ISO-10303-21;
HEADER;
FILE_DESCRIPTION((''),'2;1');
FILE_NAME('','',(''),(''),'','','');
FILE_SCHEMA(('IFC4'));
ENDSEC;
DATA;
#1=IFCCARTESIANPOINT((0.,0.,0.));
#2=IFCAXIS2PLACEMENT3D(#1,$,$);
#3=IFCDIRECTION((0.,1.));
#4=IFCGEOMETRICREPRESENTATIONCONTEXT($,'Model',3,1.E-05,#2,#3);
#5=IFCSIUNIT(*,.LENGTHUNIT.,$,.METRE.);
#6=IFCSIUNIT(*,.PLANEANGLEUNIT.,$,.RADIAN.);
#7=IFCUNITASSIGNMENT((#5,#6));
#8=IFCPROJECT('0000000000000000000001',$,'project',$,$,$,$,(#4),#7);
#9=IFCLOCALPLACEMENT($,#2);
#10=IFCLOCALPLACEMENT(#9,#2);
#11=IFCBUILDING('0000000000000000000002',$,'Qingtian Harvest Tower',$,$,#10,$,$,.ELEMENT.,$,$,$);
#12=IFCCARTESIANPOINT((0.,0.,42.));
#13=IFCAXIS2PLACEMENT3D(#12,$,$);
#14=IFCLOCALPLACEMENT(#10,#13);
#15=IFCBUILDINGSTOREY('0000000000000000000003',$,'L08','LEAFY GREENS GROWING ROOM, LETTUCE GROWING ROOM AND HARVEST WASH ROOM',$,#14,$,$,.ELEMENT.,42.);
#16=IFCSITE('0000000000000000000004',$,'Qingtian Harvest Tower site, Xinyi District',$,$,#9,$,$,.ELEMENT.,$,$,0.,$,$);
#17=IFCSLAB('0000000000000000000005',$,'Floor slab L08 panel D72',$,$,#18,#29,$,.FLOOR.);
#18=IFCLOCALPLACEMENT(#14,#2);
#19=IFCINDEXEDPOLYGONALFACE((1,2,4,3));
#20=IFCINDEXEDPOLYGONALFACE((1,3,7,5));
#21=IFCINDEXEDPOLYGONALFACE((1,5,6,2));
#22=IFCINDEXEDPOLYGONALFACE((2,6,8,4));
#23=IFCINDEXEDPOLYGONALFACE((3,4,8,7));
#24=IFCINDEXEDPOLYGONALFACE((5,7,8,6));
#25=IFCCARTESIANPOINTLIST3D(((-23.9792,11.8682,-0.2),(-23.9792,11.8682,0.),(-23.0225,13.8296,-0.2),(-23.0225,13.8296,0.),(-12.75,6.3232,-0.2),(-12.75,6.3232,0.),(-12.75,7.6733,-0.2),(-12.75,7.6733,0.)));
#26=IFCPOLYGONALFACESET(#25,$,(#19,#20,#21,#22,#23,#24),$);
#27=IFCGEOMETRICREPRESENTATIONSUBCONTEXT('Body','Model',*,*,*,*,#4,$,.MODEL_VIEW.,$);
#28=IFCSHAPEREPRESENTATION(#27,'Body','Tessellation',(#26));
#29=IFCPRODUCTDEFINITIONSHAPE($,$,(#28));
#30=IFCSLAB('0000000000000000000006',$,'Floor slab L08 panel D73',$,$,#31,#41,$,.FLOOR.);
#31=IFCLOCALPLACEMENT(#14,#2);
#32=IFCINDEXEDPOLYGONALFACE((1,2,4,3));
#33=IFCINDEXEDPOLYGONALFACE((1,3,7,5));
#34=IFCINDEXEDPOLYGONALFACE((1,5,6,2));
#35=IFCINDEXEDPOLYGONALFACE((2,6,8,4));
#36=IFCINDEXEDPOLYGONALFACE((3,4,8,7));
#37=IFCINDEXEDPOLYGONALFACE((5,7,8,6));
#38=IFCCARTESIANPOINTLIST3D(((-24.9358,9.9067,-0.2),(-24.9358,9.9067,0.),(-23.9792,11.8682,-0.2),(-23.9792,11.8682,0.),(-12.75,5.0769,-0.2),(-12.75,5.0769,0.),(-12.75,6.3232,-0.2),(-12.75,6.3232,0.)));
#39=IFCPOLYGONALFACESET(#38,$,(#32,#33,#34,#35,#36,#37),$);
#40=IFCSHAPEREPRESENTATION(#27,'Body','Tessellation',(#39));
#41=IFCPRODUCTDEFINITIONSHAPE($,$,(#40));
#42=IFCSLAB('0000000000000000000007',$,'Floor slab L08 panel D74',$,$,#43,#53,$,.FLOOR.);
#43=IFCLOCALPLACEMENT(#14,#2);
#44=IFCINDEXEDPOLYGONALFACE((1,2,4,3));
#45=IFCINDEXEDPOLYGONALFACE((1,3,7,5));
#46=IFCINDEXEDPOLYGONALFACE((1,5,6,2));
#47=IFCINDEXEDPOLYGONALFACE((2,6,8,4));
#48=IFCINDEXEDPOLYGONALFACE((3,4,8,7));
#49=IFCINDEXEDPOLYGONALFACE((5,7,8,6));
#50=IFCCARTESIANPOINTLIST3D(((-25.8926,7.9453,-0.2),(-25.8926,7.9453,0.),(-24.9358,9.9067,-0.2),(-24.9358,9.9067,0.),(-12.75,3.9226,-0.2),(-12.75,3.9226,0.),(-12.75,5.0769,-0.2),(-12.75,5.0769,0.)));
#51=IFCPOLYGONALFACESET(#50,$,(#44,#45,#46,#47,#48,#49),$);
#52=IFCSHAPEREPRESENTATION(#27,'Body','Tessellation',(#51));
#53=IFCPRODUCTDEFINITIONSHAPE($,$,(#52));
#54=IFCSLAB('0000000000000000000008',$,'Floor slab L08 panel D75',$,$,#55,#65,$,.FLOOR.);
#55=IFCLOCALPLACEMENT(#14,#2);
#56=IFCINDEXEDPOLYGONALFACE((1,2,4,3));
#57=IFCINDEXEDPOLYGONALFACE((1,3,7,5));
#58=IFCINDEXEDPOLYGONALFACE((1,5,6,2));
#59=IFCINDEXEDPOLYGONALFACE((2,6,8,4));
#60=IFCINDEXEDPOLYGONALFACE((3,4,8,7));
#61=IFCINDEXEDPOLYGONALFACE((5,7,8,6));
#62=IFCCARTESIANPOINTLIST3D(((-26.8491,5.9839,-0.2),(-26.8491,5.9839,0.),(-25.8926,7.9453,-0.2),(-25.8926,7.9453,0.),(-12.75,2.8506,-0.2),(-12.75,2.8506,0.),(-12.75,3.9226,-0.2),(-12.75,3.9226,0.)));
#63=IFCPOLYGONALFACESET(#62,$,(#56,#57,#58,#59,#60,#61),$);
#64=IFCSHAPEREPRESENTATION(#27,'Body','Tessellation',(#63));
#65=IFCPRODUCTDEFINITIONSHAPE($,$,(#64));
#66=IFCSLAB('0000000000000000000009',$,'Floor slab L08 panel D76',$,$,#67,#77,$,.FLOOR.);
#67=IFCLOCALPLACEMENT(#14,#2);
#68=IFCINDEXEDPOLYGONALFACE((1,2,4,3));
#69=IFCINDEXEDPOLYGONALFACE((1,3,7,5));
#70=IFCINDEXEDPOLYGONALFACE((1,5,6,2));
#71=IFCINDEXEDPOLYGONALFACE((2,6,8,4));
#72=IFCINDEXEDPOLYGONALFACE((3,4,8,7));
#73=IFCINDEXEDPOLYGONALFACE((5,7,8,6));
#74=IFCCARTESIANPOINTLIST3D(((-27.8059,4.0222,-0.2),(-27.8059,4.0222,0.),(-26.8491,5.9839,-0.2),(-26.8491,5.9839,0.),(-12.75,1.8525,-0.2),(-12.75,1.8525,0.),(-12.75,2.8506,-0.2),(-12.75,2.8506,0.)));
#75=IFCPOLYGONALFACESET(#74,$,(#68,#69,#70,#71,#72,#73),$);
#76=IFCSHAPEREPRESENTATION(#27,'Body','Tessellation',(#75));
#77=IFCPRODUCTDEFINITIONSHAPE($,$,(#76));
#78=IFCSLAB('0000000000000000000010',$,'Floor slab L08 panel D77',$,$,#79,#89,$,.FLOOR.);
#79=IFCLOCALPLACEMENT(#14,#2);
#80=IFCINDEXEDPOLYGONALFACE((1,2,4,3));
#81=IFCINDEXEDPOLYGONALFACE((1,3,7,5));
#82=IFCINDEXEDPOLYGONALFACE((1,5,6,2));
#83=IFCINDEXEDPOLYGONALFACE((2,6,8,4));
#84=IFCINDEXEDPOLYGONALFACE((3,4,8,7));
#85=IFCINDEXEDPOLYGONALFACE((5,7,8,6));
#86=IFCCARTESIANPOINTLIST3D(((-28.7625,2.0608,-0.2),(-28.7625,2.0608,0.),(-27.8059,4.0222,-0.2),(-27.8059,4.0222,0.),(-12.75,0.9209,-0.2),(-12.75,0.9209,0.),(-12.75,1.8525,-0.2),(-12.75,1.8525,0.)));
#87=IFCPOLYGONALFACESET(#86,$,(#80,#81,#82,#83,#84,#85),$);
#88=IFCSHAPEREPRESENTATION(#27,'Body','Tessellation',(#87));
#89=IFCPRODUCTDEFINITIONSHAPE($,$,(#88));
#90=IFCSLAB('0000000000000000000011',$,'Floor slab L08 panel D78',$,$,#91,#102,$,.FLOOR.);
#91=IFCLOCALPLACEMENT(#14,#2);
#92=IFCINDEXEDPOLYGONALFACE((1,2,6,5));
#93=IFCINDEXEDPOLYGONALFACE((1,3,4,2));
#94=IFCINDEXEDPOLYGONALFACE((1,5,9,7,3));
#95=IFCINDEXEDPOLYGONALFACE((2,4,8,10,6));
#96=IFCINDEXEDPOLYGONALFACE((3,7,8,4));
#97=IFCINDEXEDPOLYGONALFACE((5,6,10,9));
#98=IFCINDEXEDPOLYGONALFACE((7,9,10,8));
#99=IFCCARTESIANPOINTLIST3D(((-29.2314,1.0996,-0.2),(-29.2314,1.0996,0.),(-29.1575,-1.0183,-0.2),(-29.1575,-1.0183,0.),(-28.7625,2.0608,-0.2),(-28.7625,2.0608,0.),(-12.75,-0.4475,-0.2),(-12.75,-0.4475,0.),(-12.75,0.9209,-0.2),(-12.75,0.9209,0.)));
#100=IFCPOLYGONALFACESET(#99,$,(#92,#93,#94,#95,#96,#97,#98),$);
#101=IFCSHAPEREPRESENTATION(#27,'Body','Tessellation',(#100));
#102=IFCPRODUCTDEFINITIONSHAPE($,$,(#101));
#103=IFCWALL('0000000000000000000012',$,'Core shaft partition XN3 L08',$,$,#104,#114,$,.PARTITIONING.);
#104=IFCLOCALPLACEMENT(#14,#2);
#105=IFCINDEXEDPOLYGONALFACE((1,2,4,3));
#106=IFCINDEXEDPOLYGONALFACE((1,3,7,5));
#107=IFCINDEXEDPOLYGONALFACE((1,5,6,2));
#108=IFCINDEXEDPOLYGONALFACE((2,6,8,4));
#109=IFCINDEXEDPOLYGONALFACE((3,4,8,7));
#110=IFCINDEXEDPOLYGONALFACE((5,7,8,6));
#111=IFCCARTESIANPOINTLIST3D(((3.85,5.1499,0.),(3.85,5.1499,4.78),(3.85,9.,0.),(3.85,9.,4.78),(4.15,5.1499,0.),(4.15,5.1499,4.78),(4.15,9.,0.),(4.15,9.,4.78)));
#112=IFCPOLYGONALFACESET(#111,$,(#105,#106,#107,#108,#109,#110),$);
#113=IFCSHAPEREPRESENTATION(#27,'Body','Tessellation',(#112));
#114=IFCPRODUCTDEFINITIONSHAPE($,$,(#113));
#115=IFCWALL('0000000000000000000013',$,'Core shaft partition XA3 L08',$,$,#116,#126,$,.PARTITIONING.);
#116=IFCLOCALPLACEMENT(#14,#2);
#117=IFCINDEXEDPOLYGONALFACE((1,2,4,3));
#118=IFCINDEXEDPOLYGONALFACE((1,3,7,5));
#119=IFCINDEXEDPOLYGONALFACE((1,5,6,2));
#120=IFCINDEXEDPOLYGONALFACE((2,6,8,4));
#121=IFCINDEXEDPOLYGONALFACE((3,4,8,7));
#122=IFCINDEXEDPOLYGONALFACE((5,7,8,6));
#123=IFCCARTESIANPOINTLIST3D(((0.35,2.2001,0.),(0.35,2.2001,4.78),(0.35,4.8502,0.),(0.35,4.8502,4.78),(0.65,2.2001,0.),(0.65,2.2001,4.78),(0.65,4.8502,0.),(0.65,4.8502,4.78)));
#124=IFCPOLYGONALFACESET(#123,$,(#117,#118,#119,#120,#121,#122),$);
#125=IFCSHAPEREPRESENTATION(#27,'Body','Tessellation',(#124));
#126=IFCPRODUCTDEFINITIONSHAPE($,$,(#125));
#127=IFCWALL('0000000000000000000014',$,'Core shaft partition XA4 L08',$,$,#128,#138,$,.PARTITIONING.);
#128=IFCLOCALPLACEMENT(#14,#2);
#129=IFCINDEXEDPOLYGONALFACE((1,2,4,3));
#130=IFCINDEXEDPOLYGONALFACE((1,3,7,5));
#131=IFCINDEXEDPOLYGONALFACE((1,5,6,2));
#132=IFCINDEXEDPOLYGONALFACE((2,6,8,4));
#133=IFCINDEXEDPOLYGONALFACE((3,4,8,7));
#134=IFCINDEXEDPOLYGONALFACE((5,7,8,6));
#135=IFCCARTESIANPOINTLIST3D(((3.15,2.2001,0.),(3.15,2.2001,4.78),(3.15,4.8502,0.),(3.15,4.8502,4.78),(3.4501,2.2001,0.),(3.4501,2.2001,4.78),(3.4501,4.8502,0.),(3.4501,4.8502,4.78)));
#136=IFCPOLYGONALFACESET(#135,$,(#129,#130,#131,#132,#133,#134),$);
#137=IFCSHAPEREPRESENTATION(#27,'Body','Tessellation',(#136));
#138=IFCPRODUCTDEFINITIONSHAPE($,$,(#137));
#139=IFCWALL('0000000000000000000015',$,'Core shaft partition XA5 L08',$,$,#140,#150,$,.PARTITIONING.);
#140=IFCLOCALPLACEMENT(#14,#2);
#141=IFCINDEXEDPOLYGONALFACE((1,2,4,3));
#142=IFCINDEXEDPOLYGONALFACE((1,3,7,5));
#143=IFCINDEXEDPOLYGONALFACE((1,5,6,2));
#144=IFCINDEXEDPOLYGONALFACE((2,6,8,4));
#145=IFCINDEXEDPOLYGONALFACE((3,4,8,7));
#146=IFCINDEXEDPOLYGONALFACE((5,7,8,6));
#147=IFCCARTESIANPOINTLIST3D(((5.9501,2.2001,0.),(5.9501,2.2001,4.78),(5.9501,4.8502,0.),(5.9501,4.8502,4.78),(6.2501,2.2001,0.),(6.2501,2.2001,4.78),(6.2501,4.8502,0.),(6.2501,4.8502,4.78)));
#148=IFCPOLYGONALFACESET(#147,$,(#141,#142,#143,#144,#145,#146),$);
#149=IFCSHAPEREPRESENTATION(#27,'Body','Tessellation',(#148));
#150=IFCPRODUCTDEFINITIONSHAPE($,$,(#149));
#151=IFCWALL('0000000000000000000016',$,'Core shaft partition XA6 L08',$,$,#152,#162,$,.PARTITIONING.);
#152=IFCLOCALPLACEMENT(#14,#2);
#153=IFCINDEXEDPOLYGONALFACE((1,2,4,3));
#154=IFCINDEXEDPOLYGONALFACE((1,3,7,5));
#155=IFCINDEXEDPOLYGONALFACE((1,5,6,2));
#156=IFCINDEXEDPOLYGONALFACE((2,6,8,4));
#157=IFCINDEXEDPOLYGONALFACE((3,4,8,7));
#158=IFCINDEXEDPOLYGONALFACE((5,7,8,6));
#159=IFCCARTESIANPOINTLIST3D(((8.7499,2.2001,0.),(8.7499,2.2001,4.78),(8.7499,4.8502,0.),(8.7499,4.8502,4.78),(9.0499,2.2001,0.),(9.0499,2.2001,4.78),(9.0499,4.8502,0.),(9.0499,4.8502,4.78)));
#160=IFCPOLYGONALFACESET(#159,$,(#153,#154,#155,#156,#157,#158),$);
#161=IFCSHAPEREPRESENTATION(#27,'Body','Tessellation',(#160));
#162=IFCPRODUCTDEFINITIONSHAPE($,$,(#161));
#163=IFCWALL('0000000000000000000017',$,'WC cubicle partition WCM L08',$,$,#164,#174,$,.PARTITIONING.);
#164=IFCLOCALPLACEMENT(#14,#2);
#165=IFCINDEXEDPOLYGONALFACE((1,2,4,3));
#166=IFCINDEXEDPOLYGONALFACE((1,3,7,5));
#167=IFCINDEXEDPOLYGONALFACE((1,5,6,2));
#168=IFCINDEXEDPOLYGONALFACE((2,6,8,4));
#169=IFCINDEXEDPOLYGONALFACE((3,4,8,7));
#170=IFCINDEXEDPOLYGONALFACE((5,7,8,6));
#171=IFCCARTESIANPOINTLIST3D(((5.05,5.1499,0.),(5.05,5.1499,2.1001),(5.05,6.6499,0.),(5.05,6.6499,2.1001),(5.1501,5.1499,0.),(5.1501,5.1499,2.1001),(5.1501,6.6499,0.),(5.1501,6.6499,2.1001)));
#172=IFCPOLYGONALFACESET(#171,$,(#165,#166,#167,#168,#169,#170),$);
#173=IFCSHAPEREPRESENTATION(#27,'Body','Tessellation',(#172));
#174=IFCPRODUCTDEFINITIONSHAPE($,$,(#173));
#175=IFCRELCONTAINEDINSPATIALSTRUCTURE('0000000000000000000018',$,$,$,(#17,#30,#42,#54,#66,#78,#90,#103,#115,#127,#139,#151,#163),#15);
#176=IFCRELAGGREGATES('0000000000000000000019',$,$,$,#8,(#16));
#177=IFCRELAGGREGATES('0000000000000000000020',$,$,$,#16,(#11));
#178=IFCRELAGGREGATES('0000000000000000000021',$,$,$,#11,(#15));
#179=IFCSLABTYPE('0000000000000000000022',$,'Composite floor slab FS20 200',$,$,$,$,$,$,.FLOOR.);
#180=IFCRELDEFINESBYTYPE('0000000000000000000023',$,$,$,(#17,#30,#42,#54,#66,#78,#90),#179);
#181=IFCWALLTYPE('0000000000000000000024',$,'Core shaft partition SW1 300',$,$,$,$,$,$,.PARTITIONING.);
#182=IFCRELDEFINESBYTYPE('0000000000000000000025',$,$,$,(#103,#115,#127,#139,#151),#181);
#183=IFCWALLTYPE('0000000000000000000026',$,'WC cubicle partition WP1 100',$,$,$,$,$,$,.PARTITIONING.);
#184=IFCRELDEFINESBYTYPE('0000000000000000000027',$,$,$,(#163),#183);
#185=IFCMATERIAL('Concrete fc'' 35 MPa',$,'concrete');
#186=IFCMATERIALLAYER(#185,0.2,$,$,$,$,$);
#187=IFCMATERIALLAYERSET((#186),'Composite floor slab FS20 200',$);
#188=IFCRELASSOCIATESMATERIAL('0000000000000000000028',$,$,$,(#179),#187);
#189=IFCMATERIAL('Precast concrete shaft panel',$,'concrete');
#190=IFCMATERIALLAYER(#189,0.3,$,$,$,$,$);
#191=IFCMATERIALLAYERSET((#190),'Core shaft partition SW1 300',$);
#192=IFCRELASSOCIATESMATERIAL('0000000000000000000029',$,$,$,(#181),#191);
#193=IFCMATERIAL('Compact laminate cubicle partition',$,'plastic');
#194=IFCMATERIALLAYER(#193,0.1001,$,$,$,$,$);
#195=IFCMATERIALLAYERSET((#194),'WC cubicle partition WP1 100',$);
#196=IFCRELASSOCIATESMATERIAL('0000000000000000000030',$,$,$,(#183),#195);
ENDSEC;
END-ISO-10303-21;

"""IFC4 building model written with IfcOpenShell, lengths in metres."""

from ifc_helpers import new_model, si_unit, direction, frame, frame_2d, origin, place, context, subcontext, project, spatial, polyline, rectangle, outline, extrude, material, layer, layer_set, type_object, element, save


model = new_model("IFC4")

# Units and contexts
model_context = context("Model", 3, precision=1e-05, world=origin(), true_north=direction((0.0, 1.0)))
body_context = subcontext(model_context, "Body", "Model", "MODEL_VIEW")
ifc_project = project(units=[si_unit("LENGTHUNIT", "METRE"), si_unit("PLANEANGLEUNIT", "RADIAN")], contexts=[model_context])

# Site, building, storey
site_placement = place(None, origin())
site = spatial("IfcSite", under=ifc_project, at=site_placement, Name="Qingtian Harvest Tower site, Xinyi District", CompositionType="ELEMENT", RefElevation=0.0)
building_placement = place(site_placement, origin())
building = spatial("IfcBuilding", under=site, at=building_placement, Name="Qingtian Harvest Tower", CompositionType="ELEMENT")
storey_placement = place(building_placement, frame((0.0, 0.0, 42.0)))
storey = spatial("IfcBuildingStorey", under=building, at=storey_placement, Name="L08", Description="LEAFY GREENS GROWING ROOM, LETTUCE GROWING ROOM AND HARVEST WASH ROOM", CompositionType="ELEMENT", Elevation=42.0)

# Slabs
ifc_material_1 = material(Name="Concrete fc' 35 MPa", Category="concrete")
ifc_layer_1 = layer(ifc_material_1, 0.2)
ifc_layer_set_1 = layer_set([ifc_layer_1], Name="Composite floor slab FS20 200")
slab_type = type_object("IfcSlabType", Name="Composite floor slab FS20 200", PredefinedType="FLOOR", material=ifc_layer_set_1)
slab_1_placement = place(storey_placement, frame((0.0, 0.0, -0.2)))
element("IfcSlab", 1, at=slab_1_placement, inside=storey, type_object=slab_type, Name="Floor slab L08 panel D72", PredefinedType="FLOOR", context=body_context, shape_type="SweptSolid", body=[
    extrude(outline(polyline([(-12.75, 6.3232), (-23.9792, 11.8682), (-23.0225, 13.8296), (-12.75, 7.6733), (-12.75, 6.3232)])), origin(), (0.0, 0.0, 1.0), 0.2),
])
slab_2_placement = place(storey_placement, frame((0.0, 0.0, -0.2)))
element("IfcSlab", 2, at=slab_2_placement, inside=storey, type_object=slab_type, Name="Floor slab L08 panel D73", PredefinedType="FLOOR", context=body_context, shape_type="SweptSolid", body=[
    extrude(outline(polyline([(-12.75, 5.0769), (-24.9358, 9.9067), (-23.9792, 11.8682), (-12.75, 6.3232), (-12.75, 5.0769)])), origin(), (0.0, 0.0, 1.0), 0.2),
])
slab_3_placement = place(storey_placement, frame((0.0, 0.0, -0.2)))
element("IfcSlab", 3, at=slab_3_placement, inside=storey, type_object=slab_type, Name="Floor slab L08 panel D74", PredefinedType="FLOOR", context=body_context, shape_type="SweptSolid", body=[
    extrude(outline(polyline([(-12.75, 3.9226), (-25.8926, 7.9453), (-24.9358, 9.9067), (-12.75, 5.0769), (-12.75, 3.9226)])), origin(), (0.0, 0.0, 1.0), 0.2),
])
slab_4_placement = place(storey_placement, frame((0.0, 0.0, -0.2)))
element("IfcSlab", 4, at=slab_4_placement, inside=storey, type_object=slab_type, Name="Floor slab L08 panel D75", PredefinedType="FLOOR", context=body_context, shape_type="SweptSolid", body=[
    extrude(outline(polyline([(-12.75, 2.8506), (-26.8491, 5.9839), (-25.8926, 7.9453), (-12.75, 3.9226), (-12.75, 2.8506)])), origin(), (0.0, 0.0, 1.0), 0.2),
])
slab_5_placement = place(storey_placement, frame((0.0, 0.0, -0.2)))
element("IfcSlab", 5, at=slab_5_placement, inside=storey, type_object=slab_type, Name="Floor slab L08 panel D76", PredefinedType="FLOOR", context=body_context, shape_type="SweptSolid", body=[
    extrude(outline(polyline([(-12.75, 1.8525), (-27.8059, 4.0222), (-26.8491, 5.9839), (-12.75, 2.8506), (-12.75, 1.8525)])), origin(), (0.0, 0.0, 1.0), 0.2),
])
slab_6_placement = place(storey_placement, frame((0.0, 0.0, -0.2)))
element("IfcSlab", 6, at=slab_6_placement, inside=storey, type_object=slab_type, Name="Floor slab L08 panel D77", PredefinedType="FLOOR", context=body_context, shape_type="SweptSolid", body=[
    extrude(outline(polyline([(-12.75, 0.9209), (-28.7625, 2.0608), (-27.8059, 4.0222), (-12.75, 1.8525), (-12.75, 0.9209)])), origin(), (0.0, 0.0, 1.0), 0.2),
])
slab_7_placement = place(storey_placement, frame((0.0, 0.0, -0.2)))
element("IfcSlab", 7, at=slab_7_placement, inside=storey, type_object=slab_type, Name="Floor slab L08 panel D78", PredefinedType="FLOOR", context=body_context, shape_type="SweptSolid", body=[
    extrude(outline(polyline([(-12.75, 0.9209), (-12.75, -0.4475), (-29.1575, -1.0183), (-29.2314, 1.0996), (-28.7625, 2.0608), (-12.75, 0.9209)])), origin(), (0.0, 0.0, 1.0), 0.2),
])

# Shared definitions
ifc_material_2 = material(Name="Precast concrete shaft panel", Category="concrete")
ifc_layer_2 = layer(ifc_material_2, 0.3)
ifc_layer_set_2 = layer_set([ifc_layer_2], Name="Core shaft partition SW1 300")
wall_type_1 = type_object("IfcWallType", Name="Core shaft partition SW1 300", PredefinedType="PARTITIONING", material=ifc_layer_set_2)

# Walls
wall_1_placement = place(storey_placement, frame((4.0, 5.1499, 0.0), z_axis=(0.0, 0.0, 1.0), x_axis=(0.0, 1.0, 0.0)))
element("IfcWall", 8, at=wall_1_placement, inside=storey, type_object=wall_type_1, Name="Core shaft partition XN3 L08", PredefinedType="PARTITIONING", context=body_context, shape_type="SweptSolid", body=[
    extrude(rectangle(XDim=3.8501, YDim=0.3, at=frame_2d((1.925, 0.0))), origin(), (0.0, 0.0, 1.0), 4.78),
])
for number, where, z_axis, x_axis, name in (
    (9, (0.5, 2.2, 0.0), (0.0, 0.0, 1.0), (0.0, 1.0, 0.0), "Core shaft partition XA3 L08"),
    (10, (3.3, 2.2, 0.0), (0.0, 0.0, 1.0), (0.0, 1.0, 0.0), "Core shaft partition XA4 L08"),
    (11, (6.1001, 2.2, 0.0), (0.0, 0.0, 1.0), (0.0, 1.0, 0.0), "Core shaft partition XA5 L08"),
    (12, (8.8999, 2.2, 0.0), (0.0, 0.0, 1.0), (0.0, 1.0, 0.0), "Core shaft partition XA6 L08"),
):
    element("IfcWall", number, at=place(storey_placement, frame(where, z_axis=z_axis, x_axis=x_axis)), inside=storey, type_object=wall_type_1, Name=name, PredefinedType="PARTITIONING", context=body_context, shape_type="SweptSolid", body=[
        extrude(rectangle(XDim=2.6501, YDim=0.3, at=frame_2d((1.3252, 0.0))), origin(), (0.0, 0.0, 1.0), 4.78),
    ])
ifc_material_3 = material(Name="Compact laminate cubicle partition", Category="plastic")
ifc_layer_3 = layer(ifc_material_3, 0.1001)
ifc_layer_set_3 = layer_set([ifc_layer_3], Name="WC cubicle partition WP1 100")
wall_type_2 = type_object("IfcWallType", Name="WC cubicle partition WP1 100", PredefinedType="PARTITIONING", material=ifc_layer_set_3)
wall_2_placement = place(storey_placement, frame((5.1001, 5.1499, 0.0), z_axis=(0.0, 0.0, 1.0), x_axis=(0.0, 1.0, 0.0)))
element("IfcWall", 13, at=wall_2_placement, inside=storey, type_object=wall_type_2, Name="WC cubicle partition WCM L08", PredefinedType="PARTITIONING", context=body_context, shape_type="SweptSolid", body=[
    extrude(rectangle(XDim=1.5, YDim=0.1001, at=frame_2d((0.75, 0.0))), origin(), (0.0, 0.0, 1.0), 2.1001),
])

save(model, "model.ifc")
